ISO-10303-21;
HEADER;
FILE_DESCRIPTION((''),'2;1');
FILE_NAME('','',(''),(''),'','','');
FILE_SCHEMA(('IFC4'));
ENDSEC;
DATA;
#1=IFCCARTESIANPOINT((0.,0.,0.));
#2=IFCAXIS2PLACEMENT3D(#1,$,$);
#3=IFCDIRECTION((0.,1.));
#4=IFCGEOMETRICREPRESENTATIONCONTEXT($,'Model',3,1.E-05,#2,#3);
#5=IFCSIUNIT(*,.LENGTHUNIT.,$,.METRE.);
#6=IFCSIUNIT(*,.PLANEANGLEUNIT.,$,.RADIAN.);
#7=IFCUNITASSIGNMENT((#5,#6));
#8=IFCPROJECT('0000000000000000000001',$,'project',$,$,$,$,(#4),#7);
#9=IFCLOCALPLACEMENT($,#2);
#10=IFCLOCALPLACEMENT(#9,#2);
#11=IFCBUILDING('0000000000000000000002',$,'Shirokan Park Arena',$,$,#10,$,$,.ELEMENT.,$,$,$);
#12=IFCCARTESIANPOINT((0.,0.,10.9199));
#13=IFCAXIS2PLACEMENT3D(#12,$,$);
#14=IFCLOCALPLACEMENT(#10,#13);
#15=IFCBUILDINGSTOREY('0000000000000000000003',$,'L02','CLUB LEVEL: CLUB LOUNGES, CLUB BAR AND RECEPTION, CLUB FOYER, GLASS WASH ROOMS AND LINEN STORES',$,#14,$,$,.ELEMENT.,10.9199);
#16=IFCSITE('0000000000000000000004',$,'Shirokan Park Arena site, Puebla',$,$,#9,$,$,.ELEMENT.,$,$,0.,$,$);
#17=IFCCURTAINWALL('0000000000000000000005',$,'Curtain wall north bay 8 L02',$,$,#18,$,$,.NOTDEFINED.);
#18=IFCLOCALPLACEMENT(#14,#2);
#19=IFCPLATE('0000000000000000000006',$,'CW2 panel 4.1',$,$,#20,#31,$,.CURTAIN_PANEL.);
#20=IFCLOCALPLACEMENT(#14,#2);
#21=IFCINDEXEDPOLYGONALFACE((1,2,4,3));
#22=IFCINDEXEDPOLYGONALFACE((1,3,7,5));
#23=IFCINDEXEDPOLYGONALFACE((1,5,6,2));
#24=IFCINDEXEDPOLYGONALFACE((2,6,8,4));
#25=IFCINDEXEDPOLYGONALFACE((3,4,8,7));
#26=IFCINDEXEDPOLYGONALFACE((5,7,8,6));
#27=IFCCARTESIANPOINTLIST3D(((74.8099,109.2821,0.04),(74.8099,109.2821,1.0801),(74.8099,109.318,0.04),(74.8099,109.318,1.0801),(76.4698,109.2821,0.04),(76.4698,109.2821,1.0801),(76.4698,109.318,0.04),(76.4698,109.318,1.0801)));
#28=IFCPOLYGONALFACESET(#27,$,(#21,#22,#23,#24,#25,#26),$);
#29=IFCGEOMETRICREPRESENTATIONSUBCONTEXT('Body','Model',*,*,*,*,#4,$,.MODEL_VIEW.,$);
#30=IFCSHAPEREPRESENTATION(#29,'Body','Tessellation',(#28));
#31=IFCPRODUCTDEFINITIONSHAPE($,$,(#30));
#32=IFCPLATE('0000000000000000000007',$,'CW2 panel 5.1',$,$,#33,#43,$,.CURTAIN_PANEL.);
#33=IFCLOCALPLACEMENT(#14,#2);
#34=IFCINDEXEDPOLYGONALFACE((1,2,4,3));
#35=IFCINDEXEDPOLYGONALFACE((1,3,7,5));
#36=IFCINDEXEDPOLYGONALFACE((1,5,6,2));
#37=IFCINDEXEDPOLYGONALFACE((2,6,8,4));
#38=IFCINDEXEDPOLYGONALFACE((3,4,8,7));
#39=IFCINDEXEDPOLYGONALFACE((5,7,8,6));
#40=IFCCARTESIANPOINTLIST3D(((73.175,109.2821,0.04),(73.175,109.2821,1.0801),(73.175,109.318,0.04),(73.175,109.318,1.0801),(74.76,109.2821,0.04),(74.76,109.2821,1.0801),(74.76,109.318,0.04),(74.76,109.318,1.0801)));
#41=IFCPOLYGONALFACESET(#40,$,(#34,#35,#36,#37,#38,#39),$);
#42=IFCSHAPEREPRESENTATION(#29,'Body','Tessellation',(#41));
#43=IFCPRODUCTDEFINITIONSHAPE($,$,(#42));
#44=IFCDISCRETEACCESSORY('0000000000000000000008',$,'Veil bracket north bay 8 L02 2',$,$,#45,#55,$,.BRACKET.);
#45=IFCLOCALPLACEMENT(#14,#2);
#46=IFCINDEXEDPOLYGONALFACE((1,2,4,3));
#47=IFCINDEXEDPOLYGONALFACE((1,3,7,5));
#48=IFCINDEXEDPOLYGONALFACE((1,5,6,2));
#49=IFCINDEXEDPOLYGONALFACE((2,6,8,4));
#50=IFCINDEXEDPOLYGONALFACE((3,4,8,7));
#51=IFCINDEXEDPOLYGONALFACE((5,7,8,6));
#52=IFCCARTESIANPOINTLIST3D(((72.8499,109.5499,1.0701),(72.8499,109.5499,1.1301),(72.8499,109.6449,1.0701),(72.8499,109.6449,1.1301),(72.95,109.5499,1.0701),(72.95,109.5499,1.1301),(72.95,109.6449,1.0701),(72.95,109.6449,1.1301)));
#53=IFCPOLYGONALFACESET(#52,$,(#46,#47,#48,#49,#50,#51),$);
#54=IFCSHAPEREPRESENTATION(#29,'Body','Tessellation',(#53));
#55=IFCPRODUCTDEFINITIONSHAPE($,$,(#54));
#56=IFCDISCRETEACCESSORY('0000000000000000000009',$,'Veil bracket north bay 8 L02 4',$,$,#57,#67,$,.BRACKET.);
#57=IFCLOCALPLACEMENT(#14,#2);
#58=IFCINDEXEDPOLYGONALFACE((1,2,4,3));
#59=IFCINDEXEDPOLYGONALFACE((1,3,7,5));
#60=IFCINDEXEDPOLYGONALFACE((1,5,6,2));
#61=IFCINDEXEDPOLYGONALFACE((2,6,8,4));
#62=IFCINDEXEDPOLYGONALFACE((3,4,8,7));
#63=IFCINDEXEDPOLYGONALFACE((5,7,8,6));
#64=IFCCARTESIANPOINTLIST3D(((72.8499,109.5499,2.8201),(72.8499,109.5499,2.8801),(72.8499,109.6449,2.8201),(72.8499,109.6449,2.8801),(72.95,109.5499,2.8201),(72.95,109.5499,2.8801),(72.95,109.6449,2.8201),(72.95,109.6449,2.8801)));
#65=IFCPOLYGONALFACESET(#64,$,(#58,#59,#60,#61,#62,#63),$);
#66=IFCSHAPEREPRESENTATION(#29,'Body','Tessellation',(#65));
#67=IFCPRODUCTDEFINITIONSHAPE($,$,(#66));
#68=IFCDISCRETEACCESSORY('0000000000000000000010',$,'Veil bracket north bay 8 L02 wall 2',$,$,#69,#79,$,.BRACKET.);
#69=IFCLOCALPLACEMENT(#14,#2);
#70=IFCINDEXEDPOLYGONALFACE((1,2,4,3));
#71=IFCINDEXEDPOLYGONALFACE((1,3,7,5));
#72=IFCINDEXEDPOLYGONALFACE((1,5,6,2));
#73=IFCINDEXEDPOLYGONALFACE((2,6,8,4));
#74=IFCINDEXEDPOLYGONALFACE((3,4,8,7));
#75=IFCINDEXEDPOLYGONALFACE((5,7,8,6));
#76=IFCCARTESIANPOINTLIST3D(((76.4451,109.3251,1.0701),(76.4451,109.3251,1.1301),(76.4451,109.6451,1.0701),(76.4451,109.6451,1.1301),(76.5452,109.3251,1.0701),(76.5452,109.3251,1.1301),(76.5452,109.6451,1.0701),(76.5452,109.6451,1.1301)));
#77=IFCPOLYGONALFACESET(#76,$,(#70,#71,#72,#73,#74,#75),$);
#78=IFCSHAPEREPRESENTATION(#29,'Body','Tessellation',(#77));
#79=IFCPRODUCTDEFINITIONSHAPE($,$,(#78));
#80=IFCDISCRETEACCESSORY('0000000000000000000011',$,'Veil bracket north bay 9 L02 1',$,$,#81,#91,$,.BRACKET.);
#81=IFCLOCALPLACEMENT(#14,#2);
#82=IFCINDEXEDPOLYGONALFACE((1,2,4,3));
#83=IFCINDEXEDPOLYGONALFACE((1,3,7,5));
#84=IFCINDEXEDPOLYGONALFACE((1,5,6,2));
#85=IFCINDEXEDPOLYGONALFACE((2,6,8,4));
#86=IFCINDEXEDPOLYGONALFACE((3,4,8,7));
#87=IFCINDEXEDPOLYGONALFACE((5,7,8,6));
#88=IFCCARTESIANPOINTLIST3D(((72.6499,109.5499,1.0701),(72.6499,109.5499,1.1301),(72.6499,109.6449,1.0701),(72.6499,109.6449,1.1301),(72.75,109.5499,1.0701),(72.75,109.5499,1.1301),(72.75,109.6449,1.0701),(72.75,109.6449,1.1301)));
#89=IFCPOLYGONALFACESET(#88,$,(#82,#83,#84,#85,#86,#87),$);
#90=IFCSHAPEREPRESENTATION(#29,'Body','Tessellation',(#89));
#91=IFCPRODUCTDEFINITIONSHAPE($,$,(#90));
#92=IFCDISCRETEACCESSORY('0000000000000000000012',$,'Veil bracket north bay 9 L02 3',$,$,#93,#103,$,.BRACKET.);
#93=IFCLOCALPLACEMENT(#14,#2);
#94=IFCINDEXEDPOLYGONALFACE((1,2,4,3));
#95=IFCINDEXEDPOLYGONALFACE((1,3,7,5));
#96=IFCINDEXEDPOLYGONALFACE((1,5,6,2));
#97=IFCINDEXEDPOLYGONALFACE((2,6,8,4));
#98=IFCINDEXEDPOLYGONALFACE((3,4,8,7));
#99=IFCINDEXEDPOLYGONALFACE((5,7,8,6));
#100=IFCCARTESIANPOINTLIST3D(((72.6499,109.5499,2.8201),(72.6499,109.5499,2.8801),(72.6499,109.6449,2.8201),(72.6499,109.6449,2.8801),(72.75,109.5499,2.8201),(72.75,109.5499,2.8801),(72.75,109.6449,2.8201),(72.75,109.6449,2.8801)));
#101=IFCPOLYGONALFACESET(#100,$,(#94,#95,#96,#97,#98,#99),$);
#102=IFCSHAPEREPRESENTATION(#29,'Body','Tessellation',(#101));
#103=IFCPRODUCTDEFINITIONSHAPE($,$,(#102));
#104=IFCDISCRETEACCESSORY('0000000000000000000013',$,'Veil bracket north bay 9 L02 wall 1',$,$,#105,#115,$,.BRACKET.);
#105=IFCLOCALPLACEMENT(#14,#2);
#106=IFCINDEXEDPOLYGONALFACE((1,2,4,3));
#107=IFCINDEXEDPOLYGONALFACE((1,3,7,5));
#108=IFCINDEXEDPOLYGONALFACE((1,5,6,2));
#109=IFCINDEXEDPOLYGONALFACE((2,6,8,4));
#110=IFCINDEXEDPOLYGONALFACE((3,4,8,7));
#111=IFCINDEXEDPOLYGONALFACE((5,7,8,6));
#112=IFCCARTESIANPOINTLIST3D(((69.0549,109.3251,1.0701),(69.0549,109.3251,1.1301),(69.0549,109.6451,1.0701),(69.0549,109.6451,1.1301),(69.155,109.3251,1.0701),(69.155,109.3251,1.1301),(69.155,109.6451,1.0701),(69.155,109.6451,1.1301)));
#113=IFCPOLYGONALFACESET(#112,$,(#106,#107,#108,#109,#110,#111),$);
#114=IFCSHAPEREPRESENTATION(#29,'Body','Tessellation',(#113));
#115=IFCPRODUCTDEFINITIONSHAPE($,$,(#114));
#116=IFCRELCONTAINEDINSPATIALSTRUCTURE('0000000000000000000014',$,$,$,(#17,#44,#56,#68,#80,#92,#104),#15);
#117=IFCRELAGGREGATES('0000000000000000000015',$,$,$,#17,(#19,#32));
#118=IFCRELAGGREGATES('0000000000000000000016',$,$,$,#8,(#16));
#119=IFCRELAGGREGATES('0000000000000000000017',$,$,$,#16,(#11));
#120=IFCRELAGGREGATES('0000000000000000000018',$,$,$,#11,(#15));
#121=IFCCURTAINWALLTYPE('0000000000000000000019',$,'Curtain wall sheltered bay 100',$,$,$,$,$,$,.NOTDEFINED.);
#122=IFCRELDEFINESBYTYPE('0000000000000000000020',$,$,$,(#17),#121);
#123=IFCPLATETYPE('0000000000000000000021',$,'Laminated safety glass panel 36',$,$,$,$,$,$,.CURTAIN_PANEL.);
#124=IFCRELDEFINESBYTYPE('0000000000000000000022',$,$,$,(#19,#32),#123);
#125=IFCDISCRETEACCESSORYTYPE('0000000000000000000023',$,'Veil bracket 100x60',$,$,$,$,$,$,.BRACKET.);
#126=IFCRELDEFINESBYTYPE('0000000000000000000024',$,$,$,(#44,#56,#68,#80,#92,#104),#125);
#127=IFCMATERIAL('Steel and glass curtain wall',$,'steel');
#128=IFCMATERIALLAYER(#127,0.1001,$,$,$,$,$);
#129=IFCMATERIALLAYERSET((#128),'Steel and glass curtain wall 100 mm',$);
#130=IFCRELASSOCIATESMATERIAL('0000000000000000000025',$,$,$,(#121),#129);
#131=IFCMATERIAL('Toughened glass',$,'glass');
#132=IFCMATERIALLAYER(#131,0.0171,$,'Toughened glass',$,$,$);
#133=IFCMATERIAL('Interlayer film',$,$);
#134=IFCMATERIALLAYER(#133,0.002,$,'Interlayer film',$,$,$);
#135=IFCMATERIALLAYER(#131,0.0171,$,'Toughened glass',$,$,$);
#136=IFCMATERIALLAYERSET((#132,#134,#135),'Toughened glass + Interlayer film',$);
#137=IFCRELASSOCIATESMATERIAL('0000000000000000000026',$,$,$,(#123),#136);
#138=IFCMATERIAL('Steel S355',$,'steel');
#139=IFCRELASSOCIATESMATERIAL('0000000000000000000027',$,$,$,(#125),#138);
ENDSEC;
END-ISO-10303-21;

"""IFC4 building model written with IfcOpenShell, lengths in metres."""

from ifc_helpers import new_model, si_unit, direction, frame, origin, origin_2d, place, context, subcontext, project, spatial, rectangle, extrude, material, layer, layer_set, type_object, element, aggregate, save


model = new_model("IFC4")

# Units and contexts
model_context = context("Model", 3, precision=1e-05, world=origin(), true_north=direction((0.0, 1.0)))
body_context = subcontext(model_context, "Body", "Model", "MODEL_VIEW")
ifc_project = project(units=[si_unit("LENGTHUNIT", "METRE"), si_unit("PLANEANGLEUNIT", "RADIAN")], contexts=[model_context])

# Site, building, storey
site_placement = place(None, origin())
site = spatial("IfcSite", under=ifc_project, at=site_placement, Name="Shirokan Park Arena site, Puebla", CompositionType="ELEMENT", RefElevation=0.0)
building_placement = place(site_placement, origin())
building = spatial("IfcBuilding", under=site, at=building_placement, Name="Shirokan Park Arena", CompositionType="ELEMENT")
storey_placement = place(building_placement, frame((0.0, 0.0, 10.9199)))
storey = spatial("IfcBuildingStorey", under=building, at=storey_placement, Name="L02", Description="CLUB LEVEL: CLUB LOUNGES, CLUB BAR AND RECEPTION, CLUB FOYER, GLASS WASH ROOMS AND LINEN STORES", CompositionType="ELEMENT", Elevation=10.9199)

# Curtain wall
ifc_material_1 = material(Name="Steel and glass curtain wall", Category="steel")
ifc_layer_1 = layer(ifc_material_1, 0.1001)
ifc_layer_set_1 = layer_set([ifc_layer_1], Name="Steel and glass curtain wall 100 mm")
curtain_wall_type = type_object("IfcCurtainWallType", Name="Curtain wall sheltered bay 100", PredefinedType="NOTDEFINED", material=ifc_layer_set_1)
curtain_wall_1_placement = place(storey_placement, origin())
curtain_wall_1 = element("IfcCurtainWall", 1, at=curtain_wall_1_placement, inside=storey, type_object=curtain_wall_type, Name="Curtain wall north bay 8 L02", PredefinedType="NOTDEFINED")
ifc_material_2 = material(Name="Steel S355", Category="steel")

# Plates
ifc_material_3 = material(Name="Toughened glass", Category="glass")
ifc_material_4 = material(Name="Interlayer film")
ifc_layer_2 = layer(ifc_material_3, 0.0171, Name="Toughened glass")
ifc_layer_3 = layer(ifc_material_4, 0.002, Name="Interlayer film")
ifc_layer_4 = layer(ifc_material_3, 0.0171, Name="Toughened glass")
ifc_layer_set_2 = layer_set([ifc_layer_2, ifc_layer_3, ifc_layer_4], Name="Toughened glass + Interlayer film")
plate_type_1 = type_object("IfcPlateType", Name="Laminated safety glass panel 36", PredefinedType="CURTAIN_PANEL", material=ifc_layer_set_2)
plate_1_placement = place(storey_placement, frame((75.6399, 109.3, 0.04), z_axis=(0.0, 0.0, 1.0), x_axis=(-1.0, 0.0, 0.0)))
plate_1 = element("IfcPlate", 2, at=plate_1_placement, type_object=plate_type_1, Name="CW2 panel 4.1", PredefinedType="CURTAIN_PANEL", context=body_context, shape_type="SweptSolid", body=[
    extrude(rectangle(XDim=1.6599, YDim=0.0359, at=origin_2d()), origin(), (0.0, 0.0, 1.0), 1.04),
])
plate_2_placement = place(storey_placement, frame((73.9675, 109.3, 0.04), z_axis=(0.0, 0.0, 1.0), x_axis=(-1.0, 0.0, 0.0)))
plate_2 = element("IfcPlate", 3, at=plate_2_placement, type_object=plate_type_1, Name="CW2 panel 5.1", PredefinedType="CURTAIN_PANEL", context=body_context, shape_type="SweptSolid", body=[
    extrude(rectangle(XDim=1.585, YDim=0.0359, at=origin_2d()), origin(), (0.0, 0.0, 1.0), 1.04),
])
aggregate(curtain_wall_1, [plate_1, plate_2])

# Discrete accessories
discrete_accessory_type = type_object("IfcDiscreteAccessoryType", Name="Veil bracket 100x60", PredefinedType="BRACKET", material=ifc_material_2)
for number, where, z_axis, x_axis, name in (
    (4, (72.8999, 109.5974, 1.0701), (0.0, 0.0, 1.0), (-1.0, 0.0, 0.0), "Veil bracket north bay 8 L02 2"),
    (5, (72.8999, 109.5974, 2.8201), (0.0, 0.0, 1.0), (-1.0, 0.0, 0.0), "Veil bracket north bay 8 L02 4"),
):
    element("IfcDiscreteAccessory", number, at=place(storey_placement, frame(where, z_axis=z_axis, x_axis=x_axis)), inside=storey, type_object=discrete_accessory_type, Name=name, PredefinedType="BRACKET", context=body_context, shape_type="SweptSolid", body=[
        extrude(rectangle(XDim=0.1001, YDim=0.095, at=origin_2d()), origin(), (0.0, 0.0, 1.0), 0.0601),
    ])
discrete_accessory_1_placement = place(storey_placement, frame((76.4951, 109.4851, 1.0701), z_axis=(0.0, 0.0, 1.0), x_axis=(-1.0, 0.0, 0.0)))
element("IfcDiscreteAccessory", 6, at=discrete_accessory_1_placement, inside=storey, type_object=discrete_accessory_type, Name="Veil bracket north bay 8 L02 wall 2", PredefinedType="BRACKET", context=body_context, shape_type="SweptSolid", body=[
    extrude(rectangle(XDim=0.1001, YDim=0.3201, at=origin_2d()), origin(), (0.0, 0.0, 1.0), 0.0601),
])
for number, where, z_axis, x_axis, name in (
    (7, (72.7, 109.5974, 1.0701), (0.0, 0.0, 1.0), (-1.0, 0.0, 0.0), "Veil bracket north bay 9 L02 1"),
    (8, (72.7, 109.5974, 2.8201), (0.0, 0.0, 1.0), (-1.0, 0.0, 0.0), "Veil bracket north bay 9 L02 3"),
):
    element("IfcDiscreteAccessory", number, at=place(storey_placement, frame(where, z_axis=z_axis, x_axis=x_axis)), inside=storey, type_object=discrete_accessory_type, Name=name, PredefinedType="BRACKET", context=body_context, shape_type="SweptSolid", body=[
        extrude(rectangle(XDim=0.1001, YDim=0.095, at=origin_2d()), origin(), (0.0, 0.0, 1.0), 0.0601),
    ])
discrete_accessory_2_placement = place(storey_placement, frame((69.105, 109.4851, 1.0701), z_axis=(0.0, 0.0, 1.0), x_axis=(-1.0, 0.0, 0.0)))
element("IfcDiscreteAccessory", 9, at=discrete_accessory_2_placement, inside=storey, type_object=discrete_accessory_type, Name="Veil bracket north bay 9 L02 wall 1", PredefinedType="BRACKET", context=body_context, shape_type="SweptSolid", body=[
    extrude(rectangle(XDim=0.1001, YDim=0.3201, at=origin_2d()), origin(), (0.0, 0.0, 1.0), 0.0601),
])

save(model, "model.ifc")
